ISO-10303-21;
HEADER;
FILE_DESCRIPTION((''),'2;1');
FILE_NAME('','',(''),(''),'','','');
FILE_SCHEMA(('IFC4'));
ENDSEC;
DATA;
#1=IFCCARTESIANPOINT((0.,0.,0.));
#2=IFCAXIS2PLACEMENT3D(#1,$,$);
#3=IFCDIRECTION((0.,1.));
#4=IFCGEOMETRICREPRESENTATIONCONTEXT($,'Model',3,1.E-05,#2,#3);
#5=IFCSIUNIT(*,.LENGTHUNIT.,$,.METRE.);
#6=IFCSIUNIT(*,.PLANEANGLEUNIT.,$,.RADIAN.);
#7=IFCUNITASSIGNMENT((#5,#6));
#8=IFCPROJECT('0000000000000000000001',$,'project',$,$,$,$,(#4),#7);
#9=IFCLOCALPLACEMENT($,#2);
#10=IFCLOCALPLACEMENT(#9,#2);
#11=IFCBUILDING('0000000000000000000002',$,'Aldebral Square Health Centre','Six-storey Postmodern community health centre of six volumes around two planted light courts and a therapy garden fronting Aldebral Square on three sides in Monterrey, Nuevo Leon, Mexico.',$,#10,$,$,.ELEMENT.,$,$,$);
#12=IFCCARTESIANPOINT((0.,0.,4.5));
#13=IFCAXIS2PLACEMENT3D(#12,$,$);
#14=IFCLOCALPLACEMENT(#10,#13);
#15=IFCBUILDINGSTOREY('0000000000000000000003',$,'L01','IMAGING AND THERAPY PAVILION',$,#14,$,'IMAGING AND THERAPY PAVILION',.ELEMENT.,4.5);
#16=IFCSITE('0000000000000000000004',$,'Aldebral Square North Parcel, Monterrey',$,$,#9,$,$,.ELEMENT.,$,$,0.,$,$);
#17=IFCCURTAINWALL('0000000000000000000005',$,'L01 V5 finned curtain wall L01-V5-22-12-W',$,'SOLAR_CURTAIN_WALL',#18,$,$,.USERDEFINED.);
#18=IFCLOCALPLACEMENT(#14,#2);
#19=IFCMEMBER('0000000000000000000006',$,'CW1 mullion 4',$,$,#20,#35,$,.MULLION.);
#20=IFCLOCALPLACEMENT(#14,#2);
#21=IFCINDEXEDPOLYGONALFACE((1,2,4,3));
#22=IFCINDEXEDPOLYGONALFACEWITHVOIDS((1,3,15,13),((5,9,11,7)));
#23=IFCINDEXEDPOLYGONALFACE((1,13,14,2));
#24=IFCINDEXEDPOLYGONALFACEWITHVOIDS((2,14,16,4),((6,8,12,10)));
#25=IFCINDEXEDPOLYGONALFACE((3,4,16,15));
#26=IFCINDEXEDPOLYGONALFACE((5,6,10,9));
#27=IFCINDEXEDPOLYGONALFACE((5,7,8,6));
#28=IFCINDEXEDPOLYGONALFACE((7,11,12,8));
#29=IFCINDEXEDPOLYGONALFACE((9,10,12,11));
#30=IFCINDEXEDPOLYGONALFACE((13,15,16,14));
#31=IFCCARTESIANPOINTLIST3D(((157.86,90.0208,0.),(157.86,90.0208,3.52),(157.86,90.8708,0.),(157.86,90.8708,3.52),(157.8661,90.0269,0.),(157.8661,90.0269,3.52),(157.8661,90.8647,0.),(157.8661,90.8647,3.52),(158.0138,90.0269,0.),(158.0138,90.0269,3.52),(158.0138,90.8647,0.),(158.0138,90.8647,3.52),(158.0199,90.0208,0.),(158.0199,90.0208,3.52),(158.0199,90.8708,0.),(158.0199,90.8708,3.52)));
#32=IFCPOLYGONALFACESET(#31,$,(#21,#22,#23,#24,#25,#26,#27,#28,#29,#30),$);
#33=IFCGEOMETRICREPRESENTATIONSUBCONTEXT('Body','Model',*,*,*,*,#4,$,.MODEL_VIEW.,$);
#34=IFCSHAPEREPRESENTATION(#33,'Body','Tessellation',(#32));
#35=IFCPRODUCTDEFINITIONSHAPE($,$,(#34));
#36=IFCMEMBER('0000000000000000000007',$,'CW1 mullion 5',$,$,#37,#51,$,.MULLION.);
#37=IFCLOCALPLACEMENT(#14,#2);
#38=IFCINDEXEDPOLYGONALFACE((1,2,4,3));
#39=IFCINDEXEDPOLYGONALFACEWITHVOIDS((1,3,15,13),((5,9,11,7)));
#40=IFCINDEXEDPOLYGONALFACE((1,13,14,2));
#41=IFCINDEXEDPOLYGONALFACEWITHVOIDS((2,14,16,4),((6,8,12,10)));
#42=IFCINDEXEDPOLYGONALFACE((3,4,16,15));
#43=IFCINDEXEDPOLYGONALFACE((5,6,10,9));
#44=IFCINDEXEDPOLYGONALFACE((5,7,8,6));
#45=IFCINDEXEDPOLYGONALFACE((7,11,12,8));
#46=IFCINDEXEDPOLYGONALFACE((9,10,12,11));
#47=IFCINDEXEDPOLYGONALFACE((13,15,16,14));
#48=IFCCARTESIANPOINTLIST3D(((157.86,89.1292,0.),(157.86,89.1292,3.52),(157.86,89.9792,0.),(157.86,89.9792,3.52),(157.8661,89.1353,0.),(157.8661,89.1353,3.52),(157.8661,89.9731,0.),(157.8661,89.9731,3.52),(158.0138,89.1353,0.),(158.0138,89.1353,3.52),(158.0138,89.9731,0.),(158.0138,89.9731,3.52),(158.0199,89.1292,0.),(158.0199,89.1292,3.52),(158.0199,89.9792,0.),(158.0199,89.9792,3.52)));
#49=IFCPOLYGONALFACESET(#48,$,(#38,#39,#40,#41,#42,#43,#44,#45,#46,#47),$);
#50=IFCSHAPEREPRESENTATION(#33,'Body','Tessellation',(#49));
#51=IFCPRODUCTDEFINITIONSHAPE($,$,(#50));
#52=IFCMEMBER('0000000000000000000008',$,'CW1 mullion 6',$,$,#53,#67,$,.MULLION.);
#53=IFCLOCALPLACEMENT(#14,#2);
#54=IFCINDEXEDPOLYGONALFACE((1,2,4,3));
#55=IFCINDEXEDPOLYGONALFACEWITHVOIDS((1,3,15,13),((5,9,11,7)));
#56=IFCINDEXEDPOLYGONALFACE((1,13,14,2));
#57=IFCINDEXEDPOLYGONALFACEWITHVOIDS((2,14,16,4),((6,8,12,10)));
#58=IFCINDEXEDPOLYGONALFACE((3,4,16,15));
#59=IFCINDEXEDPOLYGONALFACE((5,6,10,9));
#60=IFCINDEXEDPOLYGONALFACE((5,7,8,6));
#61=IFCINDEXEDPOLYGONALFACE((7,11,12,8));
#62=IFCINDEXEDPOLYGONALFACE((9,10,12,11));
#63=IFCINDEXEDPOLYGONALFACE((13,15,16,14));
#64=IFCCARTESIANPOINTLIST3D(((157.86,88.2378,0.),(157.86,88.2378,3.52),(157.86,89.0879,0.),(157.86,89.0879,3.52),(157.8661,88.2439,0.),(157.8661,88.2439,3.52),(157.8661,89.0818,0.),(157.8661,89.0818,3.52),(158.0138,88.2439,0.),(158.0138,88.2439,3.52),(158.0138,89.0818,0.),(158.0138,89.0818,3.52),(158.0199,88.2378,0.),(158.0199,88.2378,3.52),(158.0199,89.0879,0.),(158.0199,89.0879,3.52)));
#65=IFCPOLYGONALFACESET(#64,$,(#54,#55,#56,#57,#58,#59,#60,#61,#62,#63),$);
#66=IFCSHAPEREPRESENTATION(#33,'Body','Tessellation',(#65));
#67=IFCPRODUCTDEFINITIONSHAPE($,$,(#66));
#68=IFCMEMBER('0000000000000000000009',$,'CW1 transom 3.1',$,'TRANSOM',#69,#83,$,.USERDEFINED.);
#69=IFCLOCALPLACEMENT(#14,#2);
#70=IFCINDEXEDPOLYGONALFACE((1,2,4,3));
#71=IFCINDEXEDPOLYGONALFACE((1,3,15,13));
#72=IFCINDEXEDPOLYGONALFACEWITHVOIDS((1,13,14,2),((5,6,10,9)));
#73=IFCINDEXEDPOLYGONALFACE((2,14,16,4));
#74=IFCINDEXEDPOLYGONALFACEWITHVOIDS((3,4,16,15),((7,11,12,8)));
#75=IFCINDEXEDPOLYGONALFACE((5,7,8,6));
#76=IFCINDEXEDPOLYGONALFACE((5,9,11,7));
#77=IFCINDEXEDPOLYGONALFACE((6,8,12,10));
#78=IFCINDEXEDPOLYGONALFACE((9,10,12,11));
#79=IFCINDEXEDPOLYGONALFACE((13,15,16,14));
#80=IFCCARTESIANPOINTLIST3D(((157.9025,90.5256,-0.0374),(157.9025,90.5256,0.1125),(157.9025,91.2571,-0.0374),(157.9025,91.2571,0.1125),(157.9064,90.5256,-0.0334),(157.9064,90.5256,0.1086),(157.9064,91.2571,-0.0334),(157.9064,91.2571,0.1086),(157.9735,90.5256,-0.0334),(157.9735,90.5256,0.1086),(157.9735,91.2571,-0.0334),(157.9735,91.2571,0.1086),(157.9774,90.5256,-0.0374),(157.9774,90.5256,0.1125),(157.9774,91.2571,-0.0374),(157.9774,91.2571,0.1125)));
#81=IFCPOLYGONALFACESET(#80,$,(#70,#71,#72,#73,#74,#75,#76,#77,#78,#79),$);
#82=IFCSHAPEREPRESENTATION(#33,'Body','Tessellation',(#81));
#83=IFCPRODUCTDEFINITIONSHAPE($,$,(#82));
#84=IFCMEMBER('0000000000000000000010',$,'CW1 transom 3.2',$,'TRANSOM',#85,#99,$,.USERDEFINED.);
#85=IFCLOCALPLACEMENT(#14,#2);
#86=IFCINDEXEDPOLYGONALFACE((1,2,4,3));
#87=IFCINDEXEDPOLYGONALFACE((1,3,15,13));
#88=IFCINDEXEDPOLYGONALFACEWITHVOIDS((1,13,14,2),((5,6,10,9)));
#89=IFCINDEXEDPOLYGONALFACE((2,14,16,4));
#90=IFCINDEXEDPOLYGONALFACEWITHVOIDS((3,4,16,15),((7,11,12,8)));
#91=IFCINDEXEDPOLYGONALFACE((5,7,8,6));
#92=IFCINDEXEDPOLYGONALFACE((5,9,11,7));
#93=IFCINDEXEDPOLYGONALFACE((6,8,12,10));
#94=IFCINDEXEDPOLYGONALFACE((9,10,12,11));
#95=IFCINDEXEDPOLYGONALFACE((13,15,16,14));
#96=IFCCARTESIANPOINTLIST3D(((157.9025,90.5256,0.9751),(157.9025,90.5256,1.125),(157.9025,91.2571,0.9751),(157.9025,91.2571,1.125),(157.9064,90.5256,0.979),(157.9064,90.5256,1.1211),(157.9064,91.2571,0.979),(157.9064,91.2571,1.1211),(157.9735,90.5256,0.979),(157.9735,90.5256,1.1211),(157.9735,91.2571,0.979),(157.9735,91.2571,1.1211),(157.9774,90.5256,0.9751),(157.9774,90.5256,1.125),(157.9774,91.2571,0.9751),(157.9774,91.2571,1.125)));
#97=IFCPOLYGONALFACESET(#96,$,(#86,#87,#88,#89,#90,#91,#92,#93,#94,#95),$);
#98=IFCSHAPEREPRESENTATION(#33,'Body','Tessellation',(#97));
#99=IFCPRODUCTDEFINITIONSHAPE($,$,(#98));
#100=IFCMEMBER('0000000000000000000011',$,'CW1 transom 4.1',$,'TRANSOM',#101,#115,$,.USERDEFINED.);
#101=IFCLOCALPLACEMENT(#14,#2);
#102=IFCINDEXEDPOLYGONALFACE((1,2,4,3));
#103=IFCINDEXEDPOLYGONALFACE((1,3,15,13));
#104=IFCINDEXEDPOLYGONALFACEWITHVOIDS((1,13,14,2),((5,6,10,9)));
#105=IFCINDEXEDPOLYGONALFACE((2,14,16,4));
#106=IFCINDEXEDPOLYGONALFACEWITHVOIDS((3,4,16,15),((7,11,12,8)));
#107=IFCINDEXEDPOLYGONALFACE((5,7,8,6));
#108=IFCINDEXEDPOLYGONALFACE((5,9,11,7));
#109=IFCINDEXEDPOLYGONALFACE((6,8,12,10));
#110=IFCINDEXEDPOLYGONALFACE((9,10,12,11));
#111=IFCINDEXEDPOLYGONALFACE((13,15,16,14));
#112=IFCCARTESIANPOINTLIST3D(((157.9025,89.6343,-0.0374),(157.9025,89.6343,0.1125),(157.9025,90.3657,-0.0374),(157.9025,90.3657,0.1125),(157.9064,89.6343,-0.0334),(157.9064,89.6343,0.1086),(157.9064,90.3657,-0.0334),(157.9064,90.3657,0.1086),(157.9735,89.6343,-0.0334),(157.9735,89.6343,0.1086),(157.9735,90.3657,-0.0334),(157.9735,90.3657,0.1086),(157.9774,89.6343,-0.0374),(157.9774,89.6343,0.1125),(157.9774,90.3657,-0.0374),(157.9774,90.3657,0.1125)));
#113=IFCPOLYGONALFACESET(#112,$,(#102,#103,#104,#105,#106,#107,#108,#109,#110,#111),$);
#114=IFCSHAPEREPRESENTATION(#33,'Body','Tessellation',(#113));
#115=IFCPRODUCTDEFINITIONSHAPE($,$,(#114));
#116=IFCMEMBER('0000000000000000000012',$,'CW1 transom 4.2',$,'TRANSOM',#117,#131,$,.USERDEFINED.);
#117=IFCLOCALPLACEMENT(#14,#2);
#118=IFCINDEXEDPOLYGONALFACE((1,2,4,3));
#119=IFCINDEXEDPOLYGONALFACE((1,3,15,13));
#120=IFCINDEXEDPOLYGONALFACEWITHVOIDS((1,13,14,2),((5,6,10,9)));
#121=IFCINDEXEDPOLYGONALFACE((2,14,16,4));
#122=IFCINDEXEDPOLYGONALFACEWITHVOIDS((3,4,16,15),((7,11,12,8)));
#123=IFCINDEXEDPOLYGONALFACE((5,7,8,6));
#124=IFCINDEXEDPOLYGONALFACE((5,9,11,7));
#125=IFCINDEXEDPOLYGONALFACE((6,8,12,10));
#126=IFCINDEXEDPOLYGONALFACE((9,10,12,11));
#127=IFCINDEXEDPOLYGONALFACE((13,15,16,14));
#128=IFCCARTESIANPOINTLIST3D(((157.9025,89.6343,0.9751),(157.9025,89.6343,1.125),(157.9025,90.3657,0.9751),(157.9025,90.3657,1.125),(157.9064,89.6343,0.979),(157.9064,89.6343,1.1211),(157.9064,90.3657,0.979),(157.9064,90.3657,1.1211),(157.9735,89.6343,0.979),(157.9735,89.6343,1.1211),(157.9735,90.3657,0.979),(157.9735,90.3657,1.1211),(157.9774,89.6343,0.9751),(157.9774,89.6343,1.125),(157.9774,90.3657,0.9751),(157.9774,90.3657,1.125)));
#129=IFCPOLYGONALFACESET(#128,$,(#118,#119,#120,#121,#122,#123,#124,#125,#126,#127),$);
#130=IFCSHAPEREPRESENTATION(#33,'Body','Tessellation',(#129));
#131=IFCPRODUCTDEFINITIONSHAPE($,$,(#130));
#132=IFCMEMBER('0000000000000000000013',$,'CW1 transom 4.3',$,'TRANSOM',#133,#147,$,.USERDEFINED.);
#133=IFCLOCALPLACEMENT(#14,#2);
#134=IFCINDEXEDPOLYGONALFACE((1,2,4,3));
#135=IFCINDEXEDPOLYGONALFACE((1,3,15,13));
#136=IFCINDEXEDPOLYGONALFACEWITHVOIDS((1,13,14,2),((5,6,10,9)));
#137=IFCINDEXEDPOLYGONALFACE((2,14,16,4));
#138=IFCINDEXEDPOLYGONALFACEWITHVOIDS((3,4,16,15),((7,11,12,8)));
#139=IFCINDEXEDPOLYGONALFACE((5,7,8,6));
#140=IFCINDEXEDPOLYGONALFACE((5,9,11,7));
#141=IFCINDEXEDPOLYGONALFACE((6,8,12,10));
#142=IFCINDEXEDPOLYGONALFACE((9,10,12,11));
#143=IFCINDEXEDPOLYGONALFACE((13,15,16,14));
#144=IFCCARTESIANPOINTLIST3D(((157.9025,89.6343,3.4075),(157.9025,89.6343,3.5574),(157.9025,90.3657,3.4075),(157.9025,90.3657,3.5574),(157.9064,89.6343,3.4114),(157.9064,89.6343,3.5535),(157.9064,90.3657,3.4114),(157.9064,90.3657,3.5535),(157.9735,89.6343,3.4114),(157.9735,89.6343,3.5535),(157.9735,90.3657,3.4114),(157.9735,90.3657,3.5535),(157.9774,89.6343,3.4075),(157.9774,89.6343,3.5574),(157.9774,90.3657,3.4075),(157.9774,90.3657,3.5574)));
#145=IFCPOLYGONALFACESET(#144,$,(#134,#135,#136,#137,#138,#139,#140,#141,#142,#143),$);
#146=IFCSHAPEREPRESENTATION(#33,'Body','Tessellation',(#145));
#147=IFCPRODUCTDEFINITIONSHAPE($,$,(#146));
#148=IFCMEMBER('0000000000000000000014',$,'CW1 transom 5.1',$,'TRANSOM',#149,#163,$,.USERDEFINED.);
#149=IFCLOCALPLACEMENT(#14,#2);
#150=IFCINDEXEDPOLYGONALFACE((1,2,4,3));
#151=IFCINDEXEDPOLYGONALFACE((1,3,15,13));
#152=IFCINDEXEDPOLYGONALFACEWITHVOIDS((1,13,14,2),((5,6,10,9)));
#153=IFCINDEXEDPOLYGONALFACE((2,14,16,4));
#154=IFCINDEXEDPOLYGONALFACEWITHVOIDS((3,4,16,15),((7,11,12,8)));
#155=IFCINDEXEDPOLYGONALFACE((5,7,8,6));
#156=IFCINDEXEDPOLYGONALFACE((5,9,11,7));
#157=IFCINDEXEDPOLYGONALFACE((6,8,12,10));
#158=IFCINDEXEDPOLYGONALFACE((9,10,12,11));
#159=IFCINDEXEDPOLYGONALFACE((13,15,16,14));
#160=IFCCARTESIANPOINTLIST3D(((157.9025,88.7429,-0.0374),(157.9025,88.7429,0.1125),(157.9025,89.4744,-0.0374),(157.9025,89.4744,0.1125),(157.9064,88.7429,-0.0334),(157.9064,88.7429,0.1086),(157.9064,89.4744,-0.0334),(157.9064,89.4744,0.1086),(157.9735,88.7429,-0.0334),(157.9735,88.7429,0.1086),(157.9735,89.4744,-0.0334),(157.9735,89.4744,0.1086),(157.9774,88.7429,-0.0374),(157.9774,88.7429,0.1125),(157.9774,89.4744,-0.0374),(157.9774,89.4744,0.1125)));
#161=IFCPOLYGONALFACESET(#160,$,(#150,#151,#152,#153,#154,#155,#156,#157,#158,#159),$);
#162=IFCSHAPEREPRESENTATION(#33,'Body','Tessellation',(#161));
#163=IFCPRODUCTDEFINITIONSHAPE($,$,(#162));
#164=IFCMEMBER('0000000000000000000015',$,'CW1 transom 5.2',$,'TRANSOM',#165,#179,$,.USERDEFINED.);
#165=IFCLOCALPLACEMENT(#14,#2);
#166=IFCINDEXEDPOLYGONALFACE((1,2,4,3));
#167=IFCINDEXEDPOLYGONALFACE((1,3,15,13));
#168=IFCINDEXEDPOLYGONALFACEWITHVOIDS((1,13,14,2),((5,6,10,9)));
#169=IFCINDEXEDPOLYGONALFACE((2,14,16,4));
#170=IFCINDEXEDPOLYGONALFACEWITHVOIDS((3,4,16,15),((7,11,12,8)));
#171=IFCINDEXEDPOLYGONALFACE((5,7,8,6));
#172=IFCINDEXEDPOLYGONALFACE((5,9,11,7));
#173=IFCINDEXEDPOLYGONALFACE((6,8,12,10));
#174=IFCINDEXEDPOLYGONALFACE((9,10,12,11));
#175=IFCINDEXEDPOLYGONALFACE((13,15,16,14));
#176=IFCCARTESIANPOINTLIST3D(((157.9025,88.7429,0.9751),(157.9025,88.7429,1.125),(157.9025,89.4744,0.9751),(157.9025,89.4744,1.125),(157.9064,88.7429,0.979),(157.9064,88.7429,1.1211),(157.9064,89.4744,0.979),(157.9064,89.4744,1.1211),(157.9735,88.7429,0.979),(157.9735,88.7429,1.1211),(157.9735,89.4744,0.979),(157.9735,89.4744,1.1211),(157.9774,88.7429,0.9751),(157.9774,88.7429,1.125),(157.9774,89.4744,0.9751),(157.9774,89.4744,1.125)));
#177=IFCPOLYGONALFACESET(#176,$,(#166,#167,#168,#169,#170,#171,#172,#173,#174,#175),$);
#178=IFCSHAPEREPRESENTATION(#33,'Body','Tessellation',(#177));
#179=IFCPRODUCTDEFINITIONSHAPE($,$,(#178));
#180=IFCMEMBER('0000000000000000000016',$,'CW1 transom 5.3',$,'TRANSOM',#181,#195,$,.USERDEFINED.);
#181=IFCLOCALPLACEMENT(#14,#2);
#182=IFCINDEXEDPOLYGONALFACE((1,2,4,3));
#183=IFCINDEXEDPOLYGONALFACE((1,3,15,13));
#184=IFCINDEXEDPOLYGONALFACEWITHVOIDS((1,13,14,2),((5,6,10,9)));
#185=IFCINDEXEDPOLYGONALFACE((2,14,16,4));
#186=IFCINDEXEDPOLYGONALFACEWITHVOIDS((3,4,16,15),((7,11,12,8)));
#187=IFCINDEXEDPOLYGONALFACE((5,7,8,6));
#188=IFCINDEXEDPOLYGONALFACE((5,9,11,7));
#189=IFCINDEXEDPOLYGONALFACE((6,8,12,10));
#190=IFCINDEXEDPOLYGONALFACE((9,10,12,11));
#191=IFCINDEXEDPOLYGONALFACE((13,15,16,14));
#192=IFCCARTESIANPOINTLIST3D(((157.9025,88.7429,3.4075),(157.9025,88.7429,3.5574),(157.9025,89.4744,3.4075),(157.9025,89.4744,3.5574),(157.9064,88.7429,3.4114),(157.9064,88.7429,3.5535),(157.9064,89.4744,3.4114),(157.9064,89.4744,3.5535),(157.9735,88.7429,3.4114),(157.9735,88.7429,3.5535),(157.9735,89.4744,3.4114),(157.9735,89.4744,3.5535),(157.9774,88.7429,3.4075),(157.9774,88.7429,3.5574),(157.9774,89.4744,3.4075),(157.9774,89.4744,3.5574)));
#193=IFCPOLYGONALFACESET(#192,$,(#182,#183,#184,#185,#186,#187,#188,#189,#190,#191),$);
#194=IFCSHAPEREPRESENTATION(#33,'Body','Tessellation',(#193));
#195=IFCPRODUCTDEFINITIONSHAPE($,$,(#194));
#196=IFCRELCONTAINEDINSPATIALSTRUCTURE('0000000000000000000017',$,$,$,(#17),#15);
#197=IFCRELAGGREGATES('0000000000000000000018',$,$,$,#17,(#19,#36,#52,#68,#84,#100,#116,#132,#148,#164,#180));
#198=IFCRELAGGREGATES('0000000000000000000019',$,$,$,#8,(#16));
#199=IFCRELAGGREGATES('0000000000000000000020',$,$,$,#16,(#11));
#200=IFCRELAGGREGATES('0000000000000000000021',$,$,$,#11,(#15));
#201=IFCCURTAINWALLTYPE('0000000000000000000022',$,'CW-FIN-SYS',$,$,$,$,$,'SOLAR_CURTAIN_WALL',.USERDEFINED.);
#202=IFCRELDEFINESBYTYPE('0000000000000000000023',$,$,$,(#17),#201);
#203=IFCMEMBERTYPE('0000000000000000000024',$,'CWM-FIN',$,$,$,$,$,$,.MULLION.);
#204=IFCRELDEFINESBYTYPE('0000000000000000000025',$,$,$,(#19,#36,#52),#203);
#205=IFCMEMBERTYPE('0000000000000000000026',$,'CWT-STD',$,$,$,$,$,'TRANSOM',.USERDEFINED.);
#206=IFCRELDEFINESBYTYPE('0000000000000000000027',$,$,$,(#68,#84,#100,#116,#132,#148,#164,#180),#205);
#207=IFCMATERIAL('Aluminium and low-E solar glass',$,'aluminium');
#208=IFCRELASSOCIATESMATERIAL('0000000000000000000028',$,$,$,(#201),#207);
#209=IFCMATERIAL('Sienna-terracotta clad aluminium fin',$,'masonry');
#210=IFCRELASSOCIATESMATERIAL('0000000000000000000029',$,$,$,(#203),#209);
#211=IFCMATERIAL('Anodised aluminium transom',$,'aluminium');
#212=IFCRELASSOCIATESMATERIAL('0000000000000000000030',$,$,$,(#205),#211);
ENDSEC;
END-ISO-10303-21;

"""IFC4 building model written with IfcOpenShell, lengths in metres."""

from ifc_helpers import new_model, si_unit, direction, frame, origin, origin_2d, place, context, subcontext, project, spatial, hollow_rectangle, extrude, material, material_profile, profile_set, type_object, element, aggregate, save


model = new_model("IFC4")

# Units and contexts
model_context = context("Model", 3, precision=1e-05, world=origin(), true_north=direction((0.0, 1.0)))
body_context = subcontext(model_context, "Body", "Model", "MODEL_VIEW")
ifc_project = project(units=[si_unit("LENGTHUNIT", "METRE"), si_unit("PLANEANGLEUNIT", "RADIAN")], contexts=[model_context])

# Site, building, storey
site_placement = place(None, origin())
site = spatial("IfcSite", under=ifc_project, at=site_placement, Name="Aldebral Square North Parcel, Monterrey", CompositionType="ELEMENT", RefElevation=0.0)
building_placement = place(site_placement, origin())
building = spatial("IfcBuilding", under=site, at=building_placement, Name="Aldebral Square Health Centre", Description="Six-storey Postmodern community health centre of six volumes around two planted light courts and a therapy garden fronting Aldebral Square on three sides in Monterrey, Nuevo Leon, Mexico.", CompositionType="ELEMENT")
storey_placement = place(building_placement, frame((0.0, 0.0, 4.5)))
storey = spatial("IfcBuildingStorey", under=building, at=storey_placement, Name="L01", Description="IMAGING AND THERAPY PAVILION", LongName="IMAGING AND THERAPY PAVILION", CompositionType="ELEMENT", Elevation=4.5)

# Curtain wall, members
ifc_material_1 = material(Name="Aluminium and low-E solar glass", Category="aluminium")
curtain_wall_type = type_object("IfcCurtainWallType", Name="CW-FIN-SYS", ElementType="SOLAR_CURTAIN_WALL", PredefinedType="USERDEFINED", material=ifc_material_1)
curtain_wall_placement = place(storey_placement, origin())
curtain_wall = element("IfcCurtainWall", 1, at=curtain_wall_placement, inside=storey, type_object=curtain_wall_type, Name="L01 V5 finned curtain wall L01-V5-22-12-W", ObjectType="SOLAR_CURTAIN_WALL", PredefinedType="USERDEFINED")
ifc_material_2 = material(Name="Sienna-terracotta clad aluminium fin", Category="masonry")
ifc_material_profile_1 = material_profile(ifc_material_2, hollow_rectangle(XDim=0.1599, YDim=0.8501, WallThickness=0.0061, at=origin_2d()), Name="FIN 160x850x6")
ifc_profile_set_1 = profile_set([ifc_material_profile_1], Name="Sienna-terracotta clad aluminium fin")
member_type_1 = type_object("IfcMemberType", Name="CWM-FIN", PredefinedType="MULLION", material=ifc_profile_set_1)
member_1_placement = place(storey_placement, frame((157.9399, 90.4458, 0.0), z_axis=(0.0, 0.0, 1.0), x_axis=(1.0, 0.0, 0.0)))
member_1 = element("IfcMember", 2, at=member_1_placement, type_object=member_type_1, Name="CW1 mullion 4", PredefinedType="MULLION", context=body_context, shape_type="SweptSolid", body=[
    extrude(hollow_rectangle(XDim=0.1599, YDim=0.8501, WallThickness=0.0061, at=origin_2d()), origin(), (0.0, 0.0, 1.0), 3.52),
])
member_2_placement = place(storey_placement, frame((157.9399, 89.5542, 0.0), z_axis=(0.0, 0.0, 1.0), x_axis=(1.0, 0.0, 0.0)))
member_2 = element("IfcMember", 3, at=member_2_placement, type_object=member_type_1, Name="CW1 mullion 5", PredefinedType="MULLION", context=body_context, shape_type="SweptSolid", body=[
    extrude(hollow_rectangle(XDim=0.1599, YDim=0.8501, WallThickness=0.0061, at=origin_2d()), origin(), (0.0, 0.0, 1.0), 3.52),
])
member_3_placement = place(storey_placement, frame((157.9399, 88.6628, 0.0), z_axis=(0.0, 0.0, 1.0), x_axis=(1.0, 0.0, 0.0)))
member_3 = element("IfcMember", 4, at=member_3_placement, type_object=member_type_1, Name="CW1 mullion 6", PredefinedType="MULLION", context=body_context, shape_type="SweptSolid", body=[
    extrude(hollow_rectangle(XDim=0.1599, YDim=0.8501, WallThickness=0.0061, at=origin_2d()), origin(), (0.0, 0.0, 1.0), 3.52),
])
ifc_material_3 = material(Name="Anodised aluminium transom", Category="aluminium")
ifc_material_profile_2 = material_profile(ifc_material_3, hollow_rectangle(XDim=0.075, YDim=0.1499, WallThickness=0.0039, at=origin_2d()), Name="CWT 75x150x4")
ifc_profile_set_2 = profile_set([ifc_material_profile_2], Name="Anodised aluminium transom")
member_type_2 = type_object("IfcMemberType", Name="CWT-STD", ElementType="TRANSOM", PredefinedType="USERDEFINED", material=ifc_profile_set_2)
member_4_placement = place(storey_placement, frame((157.9399, 91.2571, 0.0376), z_axis=(0.0, -1.0, 0.0), x_axis=(1.0, 0.0, 0.0)))
member_4 = element("IfcMember", 5, at=member_4_placement, type_object=member_type_2, Name="CW1 transom 3.1", ObjectType="TRANSOM", PredefinedType="USERDEFINED", context=body_context, shape_type="SweptSolid", body=[
    extrude(hollow_rectangle(XDim=0.075, YDim=0.1499, WallThickness=0.0039, at=origin_2d()), origin(), (0.0, 0.0, 1.0), 0.7314),
])
member_5_placement = place(storey_placement, frame((157.9399, 91.2571, 1.05), z_axis=(0.0, -1.0, 0.0), x_axis=(1.0, 0.0, 0.0)))
member_5 = element("IfcMember", 6, at=member_5_placement, type_object=member_type_2, Name="CW1 transom 3.2", ObjectType="TRANSOM", PredefinedType="USERDEFINED", context=body_context, shape_type="SweptSolid", body=[
    extrude(hollow_rectangle(XDim=0.075, YDim=0.1499, WallThickness=0.0039, at=origin_2d()), origin(), (0.0, 0.0, 1.0), 0.7314),
])
member_6_placement = place(storey_placement, frame((157.9399, 90.3657, 0.0376), z_axis=(0.0, -1.0, 0.0), x_axis=(1.0, 0.0, 0.0)))
member_6 = element("IfcMember", 7, at=member_6_placement, type_object=member_type_2, Name="CW1 transom 4.1", ObjectType="TRANSOM", PredefinedType="USERDEFINED", context=body_context, shape_type="SweptSolid", body=[
    extrude(hollow_rectangle(XDim=0.075, YDim=0.1499, WallThickness=0.0039, at=origin_2d()), origin(), (0.0, 0.0, 1.0), 0.7314),
])
member_7_placement = place(storey_placement, frame((157.9399, 90.3657, 1.05), z_axis=(0.0, -1.0, 0.0), x_axis=(1.0, 0.0, 0.0)))
member_7 = element("IfcMember", 8, at=member_7_placement, type_object=member_type_2, Name="CW1 transom 4.2", ObjectType="TRANSOM", PredefinedType="USERDEFINED", context=body_context, shape_type="SweptSolid", body=[
    extrude(hollow_rectangle(XDim=0.075, YDim=0.1499, WallThickness=0.0039, at=origin_2d()), origin(), (0.0, 0.0, 1.0), 0.7314),
])
member_8_placement = place(storey_placement, frame((157.9399, 90.3657, 3.4824), z_axis=(0.0, -1.0, 0.0), x_axis=(1.0, 0.0, 0.0)))
member_8 = element("IfcMember", 9, at=member_8_placement, type_object=member_type_2, Name="CW1 transom 4.3", ObjectType="TRANSOM", PredefinedType="USERDEFINED", context=body_context, shape_type="SweptSolid", body=[
    extrude(hollow_rectangle(XDim=0.075, YDim=0.1499, WallThickness=0.0039, at=origin_2d()), origin(), (0.0, 0.0, 1.0), 0.7314),
])
member_9_placement = place(storey_placement, frame((157.9399, 89.4744, 0.0376), z_axis=(0.0, -1.0, 0.0), x_axis=(1.0, 0.0, 0.0)))
member_9 = element("IfcMember", 10, at=member_9_placement, type_object=member_type_2, Name="CW1 transom 5.1", ObjectType="TRANSOM", PredefinedType="USERDEFINED", context=body_context, shape_type="SweptSolid", body=[
    extrude(hollow_rectangle(XDim=0.075, YDim=0.1499, WallThickness=0.0039, at=origin_2d()), origin(), (0.0, 0.0, 1.0), 0.7314),
])
member_10_placement = place(storey_placement, frame((157.9399, 89.4744, 1.05), z_axis=(0.0, -1.0, 0.0), x_axis=(1.0, 0.0, 0.0)))
member_10 = element("IfcMember", 11, at=member_10_placement, type_object=member_type_2, Name="CW1 transom 5.2", ObjectType="TRANSOM", PredefinedType="USERDEFINED", context=body_context, shape_type="SweptSolid", body=[
    extrude(hollow_rectangle(XDim=0.075, YDim=0.1499, WallThickness=0.0039, at=origin_2d()), origin(), (0.0, 0.0, 1.0), 0.7314),
])
member_11_placement = place(storey_placement, frame((157.9399, 89.4744, 3.4824), z_axis=(0.0, -1.0, 0.0), x_axis=(1.0, 0.0, 0.0)))
member_11 = element("IfcMember", 12, at=member_11_placement, type_object=member_type_2, Name="CW1 transom 5.3", ObjectType="TRANSOM", PredefinedType="USERDEFINED", context=body_context, shape_type="SweptSolid", body=[
    extrude(hollow_rectangle(XDim=0.075, YDim=0.1499, WallThickness=0.0039, at=origin_2d()), origin(), (0.0, 0.0, 1.0), 0.7314),
])
aggregate(curtain_wall, [member_1, member_2, member_3, member_4, member_5, member_6, member_7, member_8, member_9, member_10, member_11])

save(model, "model.ifc")
